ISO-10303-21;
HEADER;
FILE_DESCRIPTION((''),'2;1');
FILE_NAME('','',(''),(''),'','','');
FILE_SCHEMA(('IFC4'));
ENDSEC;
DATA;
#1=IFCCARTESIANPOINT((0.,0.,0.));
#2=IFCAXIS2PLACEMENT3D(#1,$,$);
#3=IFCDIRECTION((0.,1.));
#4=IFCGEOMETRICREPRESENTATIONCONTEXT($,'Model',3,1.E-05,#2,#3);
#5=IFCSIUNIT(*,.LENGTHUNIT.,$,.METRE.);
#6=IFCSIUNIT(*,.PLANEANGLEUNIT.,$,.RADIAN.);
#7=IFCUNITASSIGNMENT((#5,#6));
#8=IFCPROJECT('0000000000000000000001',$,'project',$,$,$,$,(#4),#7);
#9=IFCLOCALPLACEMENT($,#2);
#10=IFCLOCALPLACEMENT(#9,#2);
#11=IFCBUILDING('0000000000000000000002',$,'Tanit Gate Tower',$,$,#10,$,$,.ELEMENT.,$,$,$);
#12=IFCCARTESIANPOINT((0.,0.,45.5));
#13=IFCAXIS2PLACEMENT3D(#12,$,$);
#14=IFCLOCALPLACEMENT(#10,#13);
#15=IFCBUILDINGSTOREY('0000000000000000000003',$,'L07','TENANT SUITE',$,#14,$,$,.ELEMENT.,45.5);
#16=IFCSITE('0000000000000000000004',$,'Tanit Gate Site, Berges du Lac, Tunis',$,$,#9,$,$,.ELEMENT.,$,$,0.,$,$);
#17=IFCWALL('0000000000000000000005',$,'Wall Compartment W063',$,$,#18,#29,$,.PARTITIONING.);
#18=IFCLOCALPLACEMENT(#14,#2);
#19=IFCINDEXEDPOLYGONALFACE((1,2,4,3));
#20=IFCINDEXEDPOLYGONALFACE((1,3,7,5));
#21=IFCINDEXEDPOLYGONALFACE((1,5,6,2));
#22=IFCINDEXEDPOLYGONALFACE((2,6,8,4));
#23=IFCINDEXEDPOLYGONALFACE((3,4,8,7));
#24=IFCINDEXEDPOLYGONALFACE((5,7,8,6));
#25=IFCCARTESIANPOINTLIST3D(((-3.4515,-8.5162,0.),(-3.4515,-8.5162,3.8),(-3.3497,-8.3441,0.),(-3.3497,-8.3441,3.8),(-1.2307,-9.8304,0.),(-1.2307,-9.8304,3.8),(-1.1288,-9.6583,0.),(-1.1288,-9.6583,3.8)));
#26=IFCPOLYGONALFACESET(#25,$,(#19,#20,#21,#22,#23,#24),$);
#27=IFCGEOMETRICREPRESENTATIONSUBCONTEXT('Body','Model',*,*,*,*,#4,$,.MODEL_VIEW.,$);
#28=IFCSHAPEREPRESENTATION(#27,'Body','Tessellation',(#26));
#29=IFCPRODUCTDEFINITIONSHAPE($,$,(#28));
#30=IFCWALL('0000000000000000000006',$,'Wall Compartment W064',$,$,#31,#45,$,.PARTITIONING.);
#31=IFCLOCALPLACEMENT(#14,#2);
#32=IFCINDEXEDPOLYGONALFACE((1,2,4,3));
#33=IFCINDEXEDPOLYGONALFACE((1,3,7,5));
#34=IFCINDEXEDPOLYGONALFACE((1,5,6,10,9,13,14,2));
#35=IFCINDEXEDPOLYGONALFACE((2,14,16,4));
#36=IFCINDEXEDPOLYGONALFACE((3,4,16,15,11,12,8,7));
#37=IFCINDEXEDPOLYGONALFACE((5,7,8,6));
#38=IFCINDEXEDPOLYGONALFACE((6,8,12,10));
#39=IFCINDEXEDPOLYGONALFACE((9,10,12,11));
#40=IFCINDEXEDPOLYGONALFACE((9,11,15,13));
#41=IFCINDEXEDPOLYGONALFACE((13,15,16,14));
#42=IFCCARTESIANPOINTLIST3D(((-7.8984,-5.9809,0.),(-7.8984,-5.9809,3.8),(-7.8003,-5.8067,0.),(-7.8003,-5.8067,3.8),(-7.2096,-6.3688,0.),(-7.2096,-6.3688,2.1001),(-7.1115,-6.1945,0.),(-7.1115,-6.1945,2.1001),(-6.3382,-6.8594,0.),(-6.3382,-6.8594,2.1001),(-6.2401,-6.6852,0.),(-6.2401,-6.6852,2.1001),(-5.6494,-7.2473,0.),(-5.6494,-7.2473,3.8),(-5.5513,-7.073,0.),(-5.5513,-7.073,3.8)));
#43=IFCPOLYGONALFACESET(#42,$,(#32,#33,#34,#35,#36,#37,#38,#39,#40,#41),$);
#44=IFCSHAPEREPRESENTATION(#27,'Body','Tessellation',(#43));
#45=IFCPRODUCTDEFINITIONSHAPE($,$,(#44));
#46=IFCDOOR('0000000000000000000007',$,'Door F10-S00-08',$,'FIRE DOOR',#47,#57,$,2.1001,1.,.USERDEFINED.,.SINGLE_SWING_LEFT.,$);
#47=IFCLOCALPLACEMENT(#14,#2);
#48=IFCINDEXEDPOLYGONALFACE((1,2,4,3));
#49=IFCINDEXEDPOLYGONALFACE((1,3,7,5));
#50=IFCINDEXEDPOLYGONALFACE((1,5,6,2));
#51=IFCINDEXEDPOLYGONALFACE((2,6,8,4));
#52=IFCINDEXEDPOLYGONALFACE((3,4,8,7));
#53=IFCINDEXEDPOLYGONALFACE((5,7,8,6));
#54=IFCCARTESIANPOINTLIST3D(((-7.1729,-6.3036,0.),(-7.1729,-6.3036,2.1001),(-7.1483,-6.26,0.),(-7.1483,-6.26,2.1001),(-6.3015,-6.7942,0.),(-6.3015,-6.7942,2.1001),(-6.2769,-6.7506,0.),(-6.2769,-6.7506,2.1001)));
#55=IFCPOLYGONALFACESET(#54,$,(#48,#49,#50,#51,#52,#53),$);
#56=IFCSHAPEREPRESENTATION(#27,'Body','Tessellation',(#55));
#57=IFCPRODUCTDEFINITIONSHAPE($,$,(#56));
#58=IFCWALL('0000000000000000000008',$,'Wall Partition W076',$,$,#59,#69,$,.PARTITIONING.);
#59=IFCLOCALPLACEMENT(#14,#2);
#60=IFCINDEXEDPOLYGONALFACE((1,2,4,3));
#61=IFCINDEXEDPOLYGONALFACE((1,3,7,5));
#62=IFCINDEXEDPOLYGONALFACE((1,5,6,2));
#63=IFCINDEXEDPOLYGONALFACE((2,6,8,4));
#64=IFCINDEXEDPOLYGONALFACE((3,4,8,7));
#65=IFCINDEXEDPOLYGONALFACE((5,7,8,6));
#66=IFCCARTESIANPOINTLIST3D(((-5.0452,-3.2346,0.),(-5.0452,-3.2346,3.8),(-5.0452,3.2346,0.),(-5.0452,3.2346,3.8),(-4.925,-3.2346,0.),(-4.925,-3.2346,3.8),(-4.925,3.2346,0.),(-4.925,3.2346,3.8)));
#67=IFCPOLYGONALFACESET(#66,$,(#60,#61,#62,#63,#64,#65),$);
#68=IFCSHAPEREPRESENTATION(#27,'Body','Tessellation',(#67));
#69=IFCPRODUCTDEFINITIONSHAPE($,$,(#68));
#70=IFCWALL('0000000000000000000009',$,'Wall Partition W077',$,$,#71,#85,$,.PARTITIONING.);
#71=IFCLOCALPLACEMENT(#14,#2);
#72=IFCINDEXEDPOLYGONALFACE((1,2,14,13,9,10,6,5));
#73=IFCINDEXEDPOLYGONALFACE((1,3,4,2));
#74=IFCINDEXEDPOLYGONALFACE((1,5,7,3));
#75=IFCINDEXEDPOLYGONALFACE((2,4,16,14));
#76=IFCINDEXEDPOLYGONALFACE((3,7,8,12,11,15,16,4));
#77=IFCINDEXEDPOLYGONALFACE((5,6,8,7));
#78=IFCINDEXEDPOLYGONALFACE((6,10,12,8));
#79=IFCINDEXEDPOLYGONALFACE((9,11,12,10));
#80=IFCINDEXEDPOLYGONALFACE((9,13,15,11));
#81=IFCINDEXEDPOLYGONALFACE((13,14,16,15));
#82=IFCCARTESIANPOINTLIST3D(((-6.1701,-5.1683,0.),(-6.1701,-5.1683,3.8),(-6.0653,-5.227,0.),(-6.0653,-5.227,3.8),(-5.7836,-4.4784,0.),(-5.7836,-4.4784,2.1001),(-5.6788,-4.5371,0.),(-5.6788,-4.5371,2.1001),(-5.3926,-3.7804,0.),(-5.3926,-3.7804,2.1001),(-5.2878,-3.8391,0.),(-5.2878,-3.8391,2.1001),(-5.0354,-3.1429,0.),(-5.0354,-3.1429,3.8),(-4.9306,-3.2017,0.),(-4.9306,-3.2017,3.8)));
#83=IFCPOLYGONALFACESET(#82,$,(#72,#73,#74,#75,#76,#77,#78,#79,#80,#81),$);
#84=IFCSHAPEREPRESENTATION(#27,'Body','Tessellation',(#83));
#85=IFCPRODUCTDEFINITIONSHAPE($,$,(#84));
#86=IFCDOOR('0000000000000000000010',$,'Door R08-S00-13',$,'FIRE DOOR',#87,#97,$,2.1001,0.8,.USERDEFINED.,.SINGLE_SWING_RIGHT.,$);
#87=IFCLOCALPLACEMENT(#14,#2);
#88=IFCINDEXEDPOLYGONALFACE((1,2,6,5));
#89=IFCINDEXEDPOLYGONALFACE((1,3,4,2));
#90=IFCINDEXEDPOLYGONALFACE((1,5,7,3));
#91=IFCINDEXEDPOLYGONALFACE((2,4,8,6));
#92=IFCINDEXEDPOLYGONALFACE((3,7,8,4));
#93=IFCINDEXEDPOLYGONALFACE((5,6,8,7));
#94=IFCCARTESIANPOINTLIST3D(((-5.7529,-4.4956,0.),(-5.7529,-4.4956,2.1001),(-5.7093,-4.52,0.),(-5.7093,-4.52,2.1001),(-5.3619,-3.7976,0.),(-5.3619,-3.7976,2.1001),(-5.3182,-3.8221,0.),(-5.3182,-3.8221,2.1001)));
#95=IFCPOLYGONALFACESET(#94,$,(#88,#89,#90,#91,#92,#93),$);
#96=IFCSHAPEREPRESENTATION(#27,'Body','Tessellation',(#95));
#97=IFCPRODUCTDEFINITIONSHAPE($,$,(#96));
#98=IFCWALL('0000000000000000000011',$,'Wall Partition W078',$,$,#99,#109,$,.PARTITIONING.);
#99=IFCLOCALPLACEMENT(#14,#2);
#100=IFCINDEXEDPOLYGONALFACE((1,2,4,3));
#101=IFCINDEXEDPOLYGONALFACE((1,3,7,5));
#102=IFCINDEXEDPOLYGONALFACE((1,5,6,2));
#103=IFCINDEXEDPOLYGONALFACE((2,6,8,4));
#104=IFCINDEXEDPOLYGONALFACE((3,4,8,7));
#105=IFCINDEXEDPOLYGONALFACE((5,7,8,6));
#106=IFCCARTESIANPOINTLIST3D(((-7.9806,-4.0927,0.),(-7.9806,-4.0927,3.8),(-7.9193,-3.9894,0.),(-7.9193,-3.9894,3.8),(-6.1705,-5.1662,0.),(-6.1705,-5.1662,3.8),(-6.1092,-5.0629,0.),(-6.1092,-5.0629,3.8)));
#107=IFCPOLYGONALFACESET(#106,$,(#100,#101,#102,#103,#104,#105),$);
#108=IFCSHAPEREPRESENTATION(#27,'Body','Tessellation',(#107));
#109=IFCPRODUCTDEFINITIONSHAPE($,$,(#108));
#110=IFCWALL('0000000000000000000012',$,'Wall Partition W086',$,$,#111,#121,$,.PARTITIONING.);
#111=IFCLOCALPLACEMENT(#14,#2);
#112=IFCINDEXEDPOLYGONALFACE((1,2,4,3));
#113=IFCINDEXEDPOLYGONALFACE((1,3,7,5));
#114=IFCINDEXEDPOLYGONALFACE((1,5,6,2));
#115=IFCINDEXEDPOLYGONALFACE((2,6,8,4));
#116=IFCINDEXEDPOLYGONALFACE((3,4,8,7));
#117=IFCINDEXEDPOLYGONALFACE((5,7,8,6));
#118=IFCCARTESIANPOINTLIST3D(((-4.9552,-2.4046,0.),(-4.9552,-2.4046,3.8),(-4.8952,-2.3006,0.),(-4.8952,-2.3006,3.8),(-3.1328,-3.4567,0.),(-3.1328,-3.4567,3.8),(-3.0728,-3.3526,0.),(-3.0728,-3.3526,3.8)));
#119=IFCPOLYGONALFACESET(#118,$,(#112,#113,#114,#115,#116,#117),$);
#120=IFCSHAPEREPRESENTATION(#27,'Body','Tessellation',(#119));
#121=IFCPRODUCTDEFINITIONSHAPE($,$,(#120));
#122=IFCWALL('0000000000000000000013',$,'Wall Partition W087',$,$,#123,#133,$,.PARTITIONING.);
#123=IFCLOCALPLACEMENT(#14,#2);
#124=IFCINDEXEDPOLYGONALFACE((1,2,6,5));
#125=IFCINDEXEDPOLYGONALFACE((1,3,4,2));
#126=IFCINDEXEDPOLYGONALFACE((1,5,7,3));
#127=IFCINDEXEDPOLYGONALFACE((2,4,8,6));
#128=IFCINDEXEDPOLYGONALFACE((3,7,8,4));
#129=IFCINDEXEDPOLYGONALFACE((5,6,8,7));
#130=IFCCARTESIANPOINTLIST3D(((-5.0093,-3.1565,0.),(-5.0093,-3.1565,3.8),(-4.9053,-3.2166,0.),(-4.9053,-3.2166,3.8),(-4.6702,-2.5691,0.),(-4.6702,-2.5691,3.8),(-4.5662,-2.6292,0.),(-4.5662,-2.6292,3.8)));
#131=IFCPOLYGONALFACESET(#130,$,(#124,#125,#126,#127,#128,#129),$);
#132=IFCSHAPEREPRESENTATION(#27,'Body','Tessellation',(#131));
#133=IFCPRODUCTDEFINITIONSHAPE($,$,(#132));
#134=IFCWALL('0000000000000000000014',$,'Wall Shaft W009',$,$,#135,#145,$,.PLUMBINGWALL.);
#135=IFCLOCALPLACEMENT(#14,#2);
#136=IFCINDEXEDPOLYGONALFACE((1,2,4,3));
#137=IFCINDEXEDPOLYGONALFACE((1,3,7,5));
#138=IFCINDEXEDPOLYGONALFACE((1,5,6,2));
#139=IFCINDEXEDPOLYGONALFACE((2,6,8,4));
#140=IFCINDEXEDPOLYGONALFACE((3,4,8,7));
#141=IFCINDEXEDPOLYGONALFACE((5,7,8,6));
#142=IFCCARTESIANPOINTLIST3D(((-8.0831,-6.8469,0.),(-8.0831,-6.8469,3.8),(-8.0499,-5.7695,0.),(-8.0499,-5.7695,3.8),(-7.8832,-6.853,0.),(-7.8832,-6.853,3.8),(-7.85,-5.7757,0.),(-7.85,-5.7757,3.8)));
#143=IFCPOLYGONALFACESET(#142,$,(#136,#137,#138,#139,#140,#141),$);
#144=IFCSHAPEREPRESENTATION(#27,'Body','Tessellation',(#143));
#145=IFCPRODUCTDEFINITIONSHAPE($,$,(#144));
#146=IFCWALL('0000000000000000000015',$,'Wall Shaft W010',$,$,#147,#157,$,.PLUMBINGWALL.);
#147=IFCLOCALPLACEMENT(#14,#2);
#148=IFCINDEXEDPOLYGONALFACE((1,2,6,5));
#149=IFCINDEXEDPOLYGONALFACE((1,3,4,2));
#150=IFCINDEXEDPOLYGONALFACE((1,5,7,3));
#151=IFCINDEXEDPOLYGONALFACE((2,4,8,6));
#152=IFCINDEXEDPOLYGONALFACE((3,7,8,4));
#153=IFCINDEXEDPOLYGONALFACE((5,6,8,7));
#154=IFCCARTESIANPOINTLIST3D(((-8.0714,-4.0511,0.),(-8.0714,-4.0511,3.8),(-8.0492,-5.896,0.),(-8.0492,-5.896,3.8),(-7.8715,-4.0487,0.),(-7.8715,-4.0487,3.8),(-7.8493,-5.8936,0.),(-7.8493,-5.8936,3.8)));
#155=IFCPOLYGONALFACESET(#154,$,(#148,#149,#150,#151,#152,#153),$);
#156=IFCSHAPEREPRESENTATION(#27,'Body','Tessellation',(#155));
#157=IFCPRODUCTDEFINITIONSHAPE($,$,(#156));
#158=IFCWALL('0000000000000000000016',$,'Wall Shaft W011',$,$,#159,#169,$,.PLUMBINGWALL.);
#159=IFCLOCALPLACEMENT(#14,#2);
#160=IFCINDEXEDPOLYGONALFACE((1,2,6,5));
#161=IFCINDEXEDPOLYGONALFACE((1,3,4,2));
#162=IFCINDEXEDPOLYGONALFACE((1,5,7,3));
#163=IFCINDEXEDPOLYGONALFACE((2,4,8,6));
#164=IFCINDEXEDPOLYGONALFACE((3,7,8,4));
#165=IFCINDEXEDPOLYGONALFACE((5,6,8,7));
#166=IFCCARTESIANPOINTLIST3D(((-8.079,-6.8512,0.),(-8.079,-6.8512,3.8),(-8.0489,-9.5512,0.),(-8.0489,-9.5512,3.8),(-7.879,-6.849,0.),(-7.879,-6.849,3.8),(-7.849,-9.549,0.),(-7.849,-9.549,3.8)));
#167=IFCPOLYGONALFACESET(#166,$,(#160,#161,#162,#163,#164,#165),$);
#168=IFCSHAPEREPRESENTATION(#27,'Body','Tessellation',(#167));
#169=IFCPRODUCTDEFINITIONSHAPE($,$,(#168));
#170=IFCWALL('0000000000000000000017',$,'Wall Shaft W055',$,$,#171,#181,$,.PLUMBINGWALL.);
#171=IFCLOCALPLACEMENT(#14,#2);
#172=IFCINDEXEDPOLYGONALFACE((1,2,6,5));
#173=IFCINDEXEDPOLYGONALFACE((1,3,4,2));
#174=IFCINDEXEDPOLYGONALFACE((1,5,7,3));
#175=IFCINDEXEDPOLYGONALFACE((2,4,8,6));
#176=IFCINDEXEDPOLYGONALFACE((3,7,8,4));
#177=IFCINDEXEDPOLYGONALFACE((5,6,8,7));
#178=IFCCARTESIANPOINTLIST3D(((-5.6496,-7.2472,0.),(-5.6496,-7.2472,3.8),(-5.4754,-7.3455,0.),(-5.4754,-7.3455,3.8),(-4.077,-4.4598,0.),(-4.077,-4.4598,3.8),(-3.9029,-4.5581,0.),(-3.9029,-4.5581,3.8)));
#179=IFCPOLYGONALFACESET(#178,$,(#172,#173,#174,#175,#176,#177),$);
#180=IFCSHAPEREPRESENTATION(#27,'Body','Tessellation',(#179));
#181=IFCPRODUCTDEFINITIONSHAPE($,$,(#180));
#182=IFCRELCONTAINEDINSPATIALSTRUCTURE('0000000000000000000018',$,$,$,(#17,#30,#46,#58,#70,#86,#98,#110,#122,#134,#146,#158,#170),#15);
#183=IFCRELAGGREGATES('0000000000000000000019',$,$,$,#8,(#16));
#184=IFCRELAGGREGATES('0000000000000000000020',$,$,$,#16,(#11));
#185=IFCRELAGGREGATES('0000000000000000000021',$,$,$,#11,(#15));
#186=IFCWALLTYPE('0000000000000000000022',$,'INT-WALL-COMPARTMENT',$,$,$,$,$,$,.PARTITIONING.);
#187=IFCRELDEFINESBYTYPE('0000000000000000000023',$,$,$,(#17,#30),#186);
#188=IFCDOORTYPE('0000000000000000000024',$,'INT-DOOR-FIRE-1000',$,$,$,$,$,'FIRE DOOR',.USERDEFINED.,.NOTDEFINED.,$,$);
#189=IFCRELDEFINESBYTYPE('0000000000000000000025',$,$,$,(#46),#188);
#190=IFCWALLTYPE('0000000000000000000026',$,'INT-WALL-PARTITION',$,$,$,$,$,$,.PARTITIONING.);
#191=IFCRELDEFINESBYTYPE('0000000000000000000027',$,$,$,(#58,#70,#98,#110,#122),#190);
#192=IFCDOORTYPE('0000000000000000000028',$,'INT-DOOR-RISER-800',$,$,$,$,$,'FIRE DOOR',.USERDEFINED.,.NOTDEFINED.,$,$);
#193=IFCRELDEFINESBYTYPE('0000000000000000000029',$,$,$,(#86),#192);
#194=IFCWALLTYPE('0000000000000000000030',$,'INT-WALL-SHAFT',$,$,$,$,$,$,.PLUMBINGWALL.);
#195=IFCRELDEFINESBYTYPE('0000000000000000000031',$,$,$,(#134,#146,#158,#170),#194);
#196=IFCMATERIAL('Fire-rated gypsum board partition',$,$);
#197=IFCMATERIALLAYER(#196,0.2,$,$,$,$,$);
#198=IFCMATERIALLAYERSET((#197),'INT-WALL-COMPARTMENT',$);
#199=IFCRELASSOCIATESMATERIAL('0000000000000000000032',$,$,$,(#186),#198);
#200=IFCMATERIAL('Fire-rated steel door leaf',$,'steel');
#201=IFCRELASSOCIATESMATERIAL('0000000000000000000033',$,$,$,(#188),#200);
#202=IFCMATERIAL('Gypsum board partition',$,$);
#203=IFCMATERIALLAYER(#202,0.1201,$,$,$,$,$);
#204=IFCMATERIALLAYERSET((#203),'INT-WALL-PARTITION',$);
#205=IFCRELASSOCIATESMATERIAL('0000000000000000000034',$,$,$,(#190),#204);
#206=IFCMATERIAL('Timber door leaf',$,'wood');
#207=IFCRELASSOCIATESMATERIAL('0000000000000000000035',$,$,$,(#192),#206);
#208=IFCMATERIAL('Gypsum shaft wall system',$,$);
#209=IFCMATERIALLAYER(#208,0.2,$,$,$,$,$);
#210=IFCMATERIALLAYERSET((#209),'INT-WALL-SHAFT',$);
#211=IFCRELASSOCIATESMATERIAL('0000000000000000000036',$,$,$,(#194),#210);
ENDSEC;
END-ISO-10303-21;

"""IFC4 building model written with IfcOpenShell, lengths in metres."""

from ifc_helpers import new_model, si_unit, direction, frame, frame_2d, origin, place, context, subcontext, project, spatial, rectangle, extrude, material, layer, layer_set, type_object, element, fill, save


model = new_model("IFC4")

# Units and contexts
model_context = context("Model", 3, precision=1e-05, world=origin(), true_north=direction((0.0, 1.0)))
body_context = subcontext(model_context, "Body", "Model", "MODEL_VIEW")
ifc_project = project(units=[si_unit("LENGTHUNIT", "METRE"), si_unit("PLANEANGLEUNIT", "RADIAN")], contexts=[model_context])

# Site, building, storey
site_placement = place(None, origin())
site = spatial("IfcSite", under=ifc_project, at=site_placement, Name="Tanit Gate Site, Berges du Lac, Tunis", CompositionType="ELEMENT", RefElevation=0.0)
building_placement = place(site_placement, origin())
building = spatial("IfcBuilding", under=site, at=building_placement, Name="Tanit Gate Tower", CompositionType="ELEMENT")
storey_placement = place(building_placement, frame((0.0, 0.0, 45.5)))
storey = spatial("IfcBuildingStorey", under=building, at=storey_placement, Name="L07", Description="TENANT SUITE", CompositionType="ELEMENT", Elevation=45.5)

# Wall
ifc_material_1 = material(Name="Fire-rated gypsum board partition")
ifc_layer_1 = layer(ifc_material_1, 0.2)
ifc_layer_set_1 = layer_set([ifc_layer_1], Name="INT-WALL-COMPARTMENT")
wall_type_1 = type_object("IfcWallType", Name="INT-WALL-COMPARTMENT", PredefinedType="PARTITIONING", material=ifc_layer_set_1)
wall_1_placement = place(storey_placement, frame((-3.4006, -8.4302, 0.0), z_axis=(0.0, 0.0, 1.0), x_axis=(0.860616, -0.509255, 0.0)))
element("IfcWall", 1, at=wall_1_placement, inside=storey, type_object=wall_type_1, Name="Wall Compartment W063", PredefinedType="PARTITIONING", context=body_context, shape_type="SweptSolid", body=[
    extrude(rectangle(XDim=2.5806, YDim=0.2, at=frame_2d((1.2903, 0.0))), origin(), (0.0, 0.0, 1.0), 3.8),
])

# Wall, opening, door
wall_2_placement = place(storey_placement, frame((-7.8494, -5.8938, 0.0), z_axis=(0.0, 0.0, 1.0), x_axis=(0.871363, -0.490638, 0.0)))
wall_2 = element("IfcWall", 2, at=wall_2_placement, inside=storey, type_object=wall_type_1, Name="Wall Compartment W064", PredefinedType="PARTITIONING", context=body_context, shape_type="SweptSolid", body=[
    extrude(rectangle(XDim=2.5811, YDim=0.2, at=frame_2d((1.2905, 0.0))), origin(), (0.0, 0.0, 1.0), 3.8),
])
opening_1_placement = place(wall_2_placement, frame((0.7905, 0.0, 0.0)))
opening_1 = element("IfcOpeningElement", 3, at=opening_1_placement, cuts=wall_2, PredefinedType="OPENING", context=body_context, shape_type="SweptSolid", body=[
    extrude(rectangle(XDim=1.0, YDim=2.1001, at=frame_2d((0.5, 1.05))), frame((0.0, 0.1099, 0.0), z_axis=(0.0, -1.0, 0.0), x_axis=(1.0, 0.0, 0.0)), (0.0, 0.0, 1.0), 0.22),
])
ifc_material_2 = material(Name="Fire-rated steel door leaf", Category="steel")
door_type_1 = type_object("IfcDoorType", Name="INT-DOOR-FIRE-1000", ElementType="FIRE DOOR", OperationType="NOTDEFINED", PredefinedType="USERDEFINED", material=ifc_material_2)
door_1_placement = place(opening_1_placement, origin())
door_1 = element("IfcDoor", 4, at=door_1_placement, inside=storey, type_object=door_type_1, Name="Door F10-S00-08", ObjectType="FIRE DOOR", OperationType="SINGLE_SWING_LEFT", OverallHeight=2.1001, OverallWidth=1.0, PredefinedType="USERDEFINED", context=body_context, shape_type="SweptSolid", body=[
    extrude(rectangle(XDim=1.0, YDim=2.1001, at=frame_2d((0.5, 1.05))), frame((0.0, 0.0249, 0.0), z_axis=(0.0, -1.0, 0.0), x_axis=(1.0, 0.0, 0.0)), (0.0, 0.0, 1.0), 0.05),
])
fill(opening_1, door_1)

# Wall
ifc_material_3 = material(Name="Gypsum board partition")
ifc_layer_2 = layer(ifc_material_3, 0.1201)
ifc_layer_set_2 = layer_set([ifc_layer_2], Name="INT-WALL-PARTITION")
wall_type_2 = type_object("IfcWallType", Name="INT-WALL-PARTITION", PredefinedType="PARTITIONING", material=ifc_layer_set_2)
wall_3_placement = place(storey_placement, frame((-4.9851, -3.2346, 0.0), z_axis=(0.0, 0.0, 1.0), x_axis=(0.0, 1.0, 0.0)))
element("IfcWall", 5, at=wall_3_placement, inside=storey, type_object=wall_type_2, Name="Wall Partition W076", PredefinedType="PARTITIONING", context=body_context, shape_type="SweptSolid", body=[
    extrude(rectangle(XDim=6.4692, YDim=0.1201, at=frame_2d((3.2346, 0.0))), origin(), (0.0, 0.0, 1.0), 3.8),
])

# Wall, opening, door
wall_4_placement = place(storey_placement, frame((-6.1177, -5.1975, 0.0), z_axis=(0.0, 0.0, 1.0), x_axis=(0.488783, 0.872406, 0.0)))
wall_4 = element("IfcWall", 6, at=wall_4_placement, inside=storey, type_object=wall_type_2, Name="Wall Partition W077", PredefinedType="PARTITIONING", context=body_context, shape_type="SweptSolid", body=[
    extrude(rectangle(XDim=2.3215, YDim=0.1201, at=frame_2d((1.1606, 0.0))), origin(), (0.0, 0.0, 1.0), 3.8),
])
opening_2_placement = place(wall_4_placement, frame((0.7908, 0.0, 0.0)))
opening_2 = element("IfcOpeningElement", 7, at=opening_2_placement, cuts=wall_4, PredefinedType="OPENING", context=body_context, shape_type="SweptSolid", body=[
    extrude(rectangle(XDim=0.8, YDim=2.1001, at=frame_2d((0.3999, 1.05))), frame((0.0, 0.0701, 0.0), z_axis=(0.0, -1.0, 0.0), x_axis=(1.0, 0.0, 0.0)), (0.0, 0.0, 1.0), 0.1401),
])
ifc_material_4 = material(Name="Timber door leaf", Category="wood")
door_type_2 = type_object("IfcDoorType", Name="INT-DOOR-RISER-800", ElementType="FIRE DOOR", OperationType="NOTDEFINED", PredefinedType="USERDEFINED", material=ifc_material_4)
door_2_placement = place(opening_2_placement, origin())
door_2 = element("IfcDoor", 8, at=door_2_placement, inside=storey, type_object=door_type_2, Name="Door R08-S00-13", ObjectType="FIRE DOOR", OperationType="SINGLE_SWING_RIGHT", OverallHeight=2.1001, OverallWidth=0.8, PredefinedType="USERDEFINED", context=body_context, shape_type="SweptSolid", body=[
    extrude(rectangle(XDim=0.8, YDim=2.1001, at=frame_2d((0.3999, 1.05))), frame((0.0, 0.0249, 0.0), z_axis=(0.0, -1.0, 0.0), x_axis=(1.0, 0.0, 0.0)), (0.0, 0.0, 1.0), 0.05),
])
fill(opening_2, door_2)

# Walls
wall_5_placement = place(storey_placement, frame((-7.95, -4.041, 0.0), z_axis=(0.0, 0.0, 1.0), x_axis=(0.860112, -0.510104, 0.0)))
element("IfcWall", 9, at=wall_5_placement, inside=storey, type_object=wall_type_2, Name="Wall Partition W078", PredefinedType="PARTITIONING", context=body_context, shape_type="SweptSolid", body=[
    extrude(rectangle(XDim=2.1045, YDim=0.1201, at=frame_2d((1.0522, 0.0))), origin(), (0.0, 0.0, 1.0), 3.8),
])
wall_6_placement = place(storey_placement, frame((-4.9253, -2.3525, 0.0), z_axis=(0.0, 0.0, 1.0), x_axis=(0.866043, -0.49997, 0.0)))
element("IfcWall", 10, at=wall_6_placement, inside=storey, type_object=wall_type_2, Name="Wall Partition W086", PredefinedType="PARTITIONING", context=body_context, shape_type="SweptSolid", body=[
    extrude(rectangle(XDim=2.1042, YDim=0.1201, at=frame_2d((1.0522, 0.0))), origin(), (0.0, 0.0, 1.0), 3.8),
])
wall_7_placement = place(storey_placement, frame((-4.9573, -3.1865, 0.0), z_axis=(0.0, 0.0, 1.0), x_axis=(0.499972, 0.866042, 0.0)))
element("IfcWall", 11, at=wall_7_placement, inside=storey, type_object=wall_type_2, Name="Wall Partition W087", PredefinedType="PARTITIONING", context=body_context, shape_type="SweptSolid", body=[
    extrude(rectangle(XDim=0.6782, YDim=0.1201, at=frame_2d((0.3391, 0.0))), origin(), (0.0, 0.0, 1.0), 3.8),
])
ifc_material_5 = material(Name="Gypsum shaft wall system")
ifc_layer_3 = layer(ifc_material_5, 0.2)
ifc_layer_set_3 = layer_set([ifc_layer_3], Name="INT-WALL-SHAFT")
wall_type_3 = type_object("IfcWallType", Name="INT-WALL-SHAFT", PredefinedType="PLUMBINGWALL", material=ifc_layer_set_3)
wall_8_placement = place(storey_placement, frame((-7.95, -5.7725, 0.0), z_axis=(0.0, 0.0, 1.0), x_axis=(-0.030803, -0.999525, 0.0)))
element("IfcWall", 12, at=wall_8_placement, inside=storey, type_object=wall_type_3, Name="Wall Shaft W009", PredefinedType="PLUMBINGWALL", context=body_context, shape_type="SweptSolid", body=[
    extrude(rectangle(XDim=1.0779, YDim=0.2, at=frame_2d((0.5391, 0.0))), origin(), (0.0, 0.0, 1.0), 3.8),
])
wall_9_placement = place(storey_placement, frame((-7.9714, -4.05, 0.0), z_axis=(0.0, 0.0, 1.0), x_axis=(0.012043, -0.999927, 0.0)))
element("IfcWall", 13, at=wall_9_placement, inside=storey, type_object=wall_type_3, Name="Wall Shaft W010", PredefinedType="PLUMBINGWALL", context=body_context, shape_type="SweptSolid", body=[
    extrude(rectangle(XDim=1.845, YDim=0.2, at=frame_2d((0.9224, 0.0))), origin(), (0.0, 0.0, 1.0), 3.8),
])
wall_10_placement = place(storey_placement, frame((-7.979, -6.8501, 0.0), z_axis=(0.0, 0.0, 1.0), x_axis=(0.011121, -0.999938, 0.0)))
element("IfcWall", 14, at=wall_10_placement, inside=storey, type_object=wall_type_3, Name="Wall Shaft W011", PredefinedType="PLUMBINGWALL", context=body_context, shape_type="SweptSolid", body=[
    extrude(rectangle(XDim=2.7002, YDim=0.2, at=frame_2d((1.3501, 0.0))), origin(), (0.0, 0.0, 1.0), 3.8),
])

# Wall
wall_11_placement = place(storey_placement, frame((-3.99, -4.509, 0.0), z_axis=(0.0, 0.0, 1.0), x_axis=(-0.491358, -0.870958, 0.0)))
element("IfcWall", 15, at=wall_11_placement, inside=storey, type_object=wall_type_3, Name="Wall Shaft W055", PredefinedType="PLUMBINGWALL", context=body_context, shape_type="SweptSolid", body=[
    extrude(rectangle(XDim=3.2004, YDim=0.2, at=frame_2d((1.6001, 0.0))), origin(), (0.0, 0.0, 1.0), 3.8),
])

save(model, "model.ifc")
